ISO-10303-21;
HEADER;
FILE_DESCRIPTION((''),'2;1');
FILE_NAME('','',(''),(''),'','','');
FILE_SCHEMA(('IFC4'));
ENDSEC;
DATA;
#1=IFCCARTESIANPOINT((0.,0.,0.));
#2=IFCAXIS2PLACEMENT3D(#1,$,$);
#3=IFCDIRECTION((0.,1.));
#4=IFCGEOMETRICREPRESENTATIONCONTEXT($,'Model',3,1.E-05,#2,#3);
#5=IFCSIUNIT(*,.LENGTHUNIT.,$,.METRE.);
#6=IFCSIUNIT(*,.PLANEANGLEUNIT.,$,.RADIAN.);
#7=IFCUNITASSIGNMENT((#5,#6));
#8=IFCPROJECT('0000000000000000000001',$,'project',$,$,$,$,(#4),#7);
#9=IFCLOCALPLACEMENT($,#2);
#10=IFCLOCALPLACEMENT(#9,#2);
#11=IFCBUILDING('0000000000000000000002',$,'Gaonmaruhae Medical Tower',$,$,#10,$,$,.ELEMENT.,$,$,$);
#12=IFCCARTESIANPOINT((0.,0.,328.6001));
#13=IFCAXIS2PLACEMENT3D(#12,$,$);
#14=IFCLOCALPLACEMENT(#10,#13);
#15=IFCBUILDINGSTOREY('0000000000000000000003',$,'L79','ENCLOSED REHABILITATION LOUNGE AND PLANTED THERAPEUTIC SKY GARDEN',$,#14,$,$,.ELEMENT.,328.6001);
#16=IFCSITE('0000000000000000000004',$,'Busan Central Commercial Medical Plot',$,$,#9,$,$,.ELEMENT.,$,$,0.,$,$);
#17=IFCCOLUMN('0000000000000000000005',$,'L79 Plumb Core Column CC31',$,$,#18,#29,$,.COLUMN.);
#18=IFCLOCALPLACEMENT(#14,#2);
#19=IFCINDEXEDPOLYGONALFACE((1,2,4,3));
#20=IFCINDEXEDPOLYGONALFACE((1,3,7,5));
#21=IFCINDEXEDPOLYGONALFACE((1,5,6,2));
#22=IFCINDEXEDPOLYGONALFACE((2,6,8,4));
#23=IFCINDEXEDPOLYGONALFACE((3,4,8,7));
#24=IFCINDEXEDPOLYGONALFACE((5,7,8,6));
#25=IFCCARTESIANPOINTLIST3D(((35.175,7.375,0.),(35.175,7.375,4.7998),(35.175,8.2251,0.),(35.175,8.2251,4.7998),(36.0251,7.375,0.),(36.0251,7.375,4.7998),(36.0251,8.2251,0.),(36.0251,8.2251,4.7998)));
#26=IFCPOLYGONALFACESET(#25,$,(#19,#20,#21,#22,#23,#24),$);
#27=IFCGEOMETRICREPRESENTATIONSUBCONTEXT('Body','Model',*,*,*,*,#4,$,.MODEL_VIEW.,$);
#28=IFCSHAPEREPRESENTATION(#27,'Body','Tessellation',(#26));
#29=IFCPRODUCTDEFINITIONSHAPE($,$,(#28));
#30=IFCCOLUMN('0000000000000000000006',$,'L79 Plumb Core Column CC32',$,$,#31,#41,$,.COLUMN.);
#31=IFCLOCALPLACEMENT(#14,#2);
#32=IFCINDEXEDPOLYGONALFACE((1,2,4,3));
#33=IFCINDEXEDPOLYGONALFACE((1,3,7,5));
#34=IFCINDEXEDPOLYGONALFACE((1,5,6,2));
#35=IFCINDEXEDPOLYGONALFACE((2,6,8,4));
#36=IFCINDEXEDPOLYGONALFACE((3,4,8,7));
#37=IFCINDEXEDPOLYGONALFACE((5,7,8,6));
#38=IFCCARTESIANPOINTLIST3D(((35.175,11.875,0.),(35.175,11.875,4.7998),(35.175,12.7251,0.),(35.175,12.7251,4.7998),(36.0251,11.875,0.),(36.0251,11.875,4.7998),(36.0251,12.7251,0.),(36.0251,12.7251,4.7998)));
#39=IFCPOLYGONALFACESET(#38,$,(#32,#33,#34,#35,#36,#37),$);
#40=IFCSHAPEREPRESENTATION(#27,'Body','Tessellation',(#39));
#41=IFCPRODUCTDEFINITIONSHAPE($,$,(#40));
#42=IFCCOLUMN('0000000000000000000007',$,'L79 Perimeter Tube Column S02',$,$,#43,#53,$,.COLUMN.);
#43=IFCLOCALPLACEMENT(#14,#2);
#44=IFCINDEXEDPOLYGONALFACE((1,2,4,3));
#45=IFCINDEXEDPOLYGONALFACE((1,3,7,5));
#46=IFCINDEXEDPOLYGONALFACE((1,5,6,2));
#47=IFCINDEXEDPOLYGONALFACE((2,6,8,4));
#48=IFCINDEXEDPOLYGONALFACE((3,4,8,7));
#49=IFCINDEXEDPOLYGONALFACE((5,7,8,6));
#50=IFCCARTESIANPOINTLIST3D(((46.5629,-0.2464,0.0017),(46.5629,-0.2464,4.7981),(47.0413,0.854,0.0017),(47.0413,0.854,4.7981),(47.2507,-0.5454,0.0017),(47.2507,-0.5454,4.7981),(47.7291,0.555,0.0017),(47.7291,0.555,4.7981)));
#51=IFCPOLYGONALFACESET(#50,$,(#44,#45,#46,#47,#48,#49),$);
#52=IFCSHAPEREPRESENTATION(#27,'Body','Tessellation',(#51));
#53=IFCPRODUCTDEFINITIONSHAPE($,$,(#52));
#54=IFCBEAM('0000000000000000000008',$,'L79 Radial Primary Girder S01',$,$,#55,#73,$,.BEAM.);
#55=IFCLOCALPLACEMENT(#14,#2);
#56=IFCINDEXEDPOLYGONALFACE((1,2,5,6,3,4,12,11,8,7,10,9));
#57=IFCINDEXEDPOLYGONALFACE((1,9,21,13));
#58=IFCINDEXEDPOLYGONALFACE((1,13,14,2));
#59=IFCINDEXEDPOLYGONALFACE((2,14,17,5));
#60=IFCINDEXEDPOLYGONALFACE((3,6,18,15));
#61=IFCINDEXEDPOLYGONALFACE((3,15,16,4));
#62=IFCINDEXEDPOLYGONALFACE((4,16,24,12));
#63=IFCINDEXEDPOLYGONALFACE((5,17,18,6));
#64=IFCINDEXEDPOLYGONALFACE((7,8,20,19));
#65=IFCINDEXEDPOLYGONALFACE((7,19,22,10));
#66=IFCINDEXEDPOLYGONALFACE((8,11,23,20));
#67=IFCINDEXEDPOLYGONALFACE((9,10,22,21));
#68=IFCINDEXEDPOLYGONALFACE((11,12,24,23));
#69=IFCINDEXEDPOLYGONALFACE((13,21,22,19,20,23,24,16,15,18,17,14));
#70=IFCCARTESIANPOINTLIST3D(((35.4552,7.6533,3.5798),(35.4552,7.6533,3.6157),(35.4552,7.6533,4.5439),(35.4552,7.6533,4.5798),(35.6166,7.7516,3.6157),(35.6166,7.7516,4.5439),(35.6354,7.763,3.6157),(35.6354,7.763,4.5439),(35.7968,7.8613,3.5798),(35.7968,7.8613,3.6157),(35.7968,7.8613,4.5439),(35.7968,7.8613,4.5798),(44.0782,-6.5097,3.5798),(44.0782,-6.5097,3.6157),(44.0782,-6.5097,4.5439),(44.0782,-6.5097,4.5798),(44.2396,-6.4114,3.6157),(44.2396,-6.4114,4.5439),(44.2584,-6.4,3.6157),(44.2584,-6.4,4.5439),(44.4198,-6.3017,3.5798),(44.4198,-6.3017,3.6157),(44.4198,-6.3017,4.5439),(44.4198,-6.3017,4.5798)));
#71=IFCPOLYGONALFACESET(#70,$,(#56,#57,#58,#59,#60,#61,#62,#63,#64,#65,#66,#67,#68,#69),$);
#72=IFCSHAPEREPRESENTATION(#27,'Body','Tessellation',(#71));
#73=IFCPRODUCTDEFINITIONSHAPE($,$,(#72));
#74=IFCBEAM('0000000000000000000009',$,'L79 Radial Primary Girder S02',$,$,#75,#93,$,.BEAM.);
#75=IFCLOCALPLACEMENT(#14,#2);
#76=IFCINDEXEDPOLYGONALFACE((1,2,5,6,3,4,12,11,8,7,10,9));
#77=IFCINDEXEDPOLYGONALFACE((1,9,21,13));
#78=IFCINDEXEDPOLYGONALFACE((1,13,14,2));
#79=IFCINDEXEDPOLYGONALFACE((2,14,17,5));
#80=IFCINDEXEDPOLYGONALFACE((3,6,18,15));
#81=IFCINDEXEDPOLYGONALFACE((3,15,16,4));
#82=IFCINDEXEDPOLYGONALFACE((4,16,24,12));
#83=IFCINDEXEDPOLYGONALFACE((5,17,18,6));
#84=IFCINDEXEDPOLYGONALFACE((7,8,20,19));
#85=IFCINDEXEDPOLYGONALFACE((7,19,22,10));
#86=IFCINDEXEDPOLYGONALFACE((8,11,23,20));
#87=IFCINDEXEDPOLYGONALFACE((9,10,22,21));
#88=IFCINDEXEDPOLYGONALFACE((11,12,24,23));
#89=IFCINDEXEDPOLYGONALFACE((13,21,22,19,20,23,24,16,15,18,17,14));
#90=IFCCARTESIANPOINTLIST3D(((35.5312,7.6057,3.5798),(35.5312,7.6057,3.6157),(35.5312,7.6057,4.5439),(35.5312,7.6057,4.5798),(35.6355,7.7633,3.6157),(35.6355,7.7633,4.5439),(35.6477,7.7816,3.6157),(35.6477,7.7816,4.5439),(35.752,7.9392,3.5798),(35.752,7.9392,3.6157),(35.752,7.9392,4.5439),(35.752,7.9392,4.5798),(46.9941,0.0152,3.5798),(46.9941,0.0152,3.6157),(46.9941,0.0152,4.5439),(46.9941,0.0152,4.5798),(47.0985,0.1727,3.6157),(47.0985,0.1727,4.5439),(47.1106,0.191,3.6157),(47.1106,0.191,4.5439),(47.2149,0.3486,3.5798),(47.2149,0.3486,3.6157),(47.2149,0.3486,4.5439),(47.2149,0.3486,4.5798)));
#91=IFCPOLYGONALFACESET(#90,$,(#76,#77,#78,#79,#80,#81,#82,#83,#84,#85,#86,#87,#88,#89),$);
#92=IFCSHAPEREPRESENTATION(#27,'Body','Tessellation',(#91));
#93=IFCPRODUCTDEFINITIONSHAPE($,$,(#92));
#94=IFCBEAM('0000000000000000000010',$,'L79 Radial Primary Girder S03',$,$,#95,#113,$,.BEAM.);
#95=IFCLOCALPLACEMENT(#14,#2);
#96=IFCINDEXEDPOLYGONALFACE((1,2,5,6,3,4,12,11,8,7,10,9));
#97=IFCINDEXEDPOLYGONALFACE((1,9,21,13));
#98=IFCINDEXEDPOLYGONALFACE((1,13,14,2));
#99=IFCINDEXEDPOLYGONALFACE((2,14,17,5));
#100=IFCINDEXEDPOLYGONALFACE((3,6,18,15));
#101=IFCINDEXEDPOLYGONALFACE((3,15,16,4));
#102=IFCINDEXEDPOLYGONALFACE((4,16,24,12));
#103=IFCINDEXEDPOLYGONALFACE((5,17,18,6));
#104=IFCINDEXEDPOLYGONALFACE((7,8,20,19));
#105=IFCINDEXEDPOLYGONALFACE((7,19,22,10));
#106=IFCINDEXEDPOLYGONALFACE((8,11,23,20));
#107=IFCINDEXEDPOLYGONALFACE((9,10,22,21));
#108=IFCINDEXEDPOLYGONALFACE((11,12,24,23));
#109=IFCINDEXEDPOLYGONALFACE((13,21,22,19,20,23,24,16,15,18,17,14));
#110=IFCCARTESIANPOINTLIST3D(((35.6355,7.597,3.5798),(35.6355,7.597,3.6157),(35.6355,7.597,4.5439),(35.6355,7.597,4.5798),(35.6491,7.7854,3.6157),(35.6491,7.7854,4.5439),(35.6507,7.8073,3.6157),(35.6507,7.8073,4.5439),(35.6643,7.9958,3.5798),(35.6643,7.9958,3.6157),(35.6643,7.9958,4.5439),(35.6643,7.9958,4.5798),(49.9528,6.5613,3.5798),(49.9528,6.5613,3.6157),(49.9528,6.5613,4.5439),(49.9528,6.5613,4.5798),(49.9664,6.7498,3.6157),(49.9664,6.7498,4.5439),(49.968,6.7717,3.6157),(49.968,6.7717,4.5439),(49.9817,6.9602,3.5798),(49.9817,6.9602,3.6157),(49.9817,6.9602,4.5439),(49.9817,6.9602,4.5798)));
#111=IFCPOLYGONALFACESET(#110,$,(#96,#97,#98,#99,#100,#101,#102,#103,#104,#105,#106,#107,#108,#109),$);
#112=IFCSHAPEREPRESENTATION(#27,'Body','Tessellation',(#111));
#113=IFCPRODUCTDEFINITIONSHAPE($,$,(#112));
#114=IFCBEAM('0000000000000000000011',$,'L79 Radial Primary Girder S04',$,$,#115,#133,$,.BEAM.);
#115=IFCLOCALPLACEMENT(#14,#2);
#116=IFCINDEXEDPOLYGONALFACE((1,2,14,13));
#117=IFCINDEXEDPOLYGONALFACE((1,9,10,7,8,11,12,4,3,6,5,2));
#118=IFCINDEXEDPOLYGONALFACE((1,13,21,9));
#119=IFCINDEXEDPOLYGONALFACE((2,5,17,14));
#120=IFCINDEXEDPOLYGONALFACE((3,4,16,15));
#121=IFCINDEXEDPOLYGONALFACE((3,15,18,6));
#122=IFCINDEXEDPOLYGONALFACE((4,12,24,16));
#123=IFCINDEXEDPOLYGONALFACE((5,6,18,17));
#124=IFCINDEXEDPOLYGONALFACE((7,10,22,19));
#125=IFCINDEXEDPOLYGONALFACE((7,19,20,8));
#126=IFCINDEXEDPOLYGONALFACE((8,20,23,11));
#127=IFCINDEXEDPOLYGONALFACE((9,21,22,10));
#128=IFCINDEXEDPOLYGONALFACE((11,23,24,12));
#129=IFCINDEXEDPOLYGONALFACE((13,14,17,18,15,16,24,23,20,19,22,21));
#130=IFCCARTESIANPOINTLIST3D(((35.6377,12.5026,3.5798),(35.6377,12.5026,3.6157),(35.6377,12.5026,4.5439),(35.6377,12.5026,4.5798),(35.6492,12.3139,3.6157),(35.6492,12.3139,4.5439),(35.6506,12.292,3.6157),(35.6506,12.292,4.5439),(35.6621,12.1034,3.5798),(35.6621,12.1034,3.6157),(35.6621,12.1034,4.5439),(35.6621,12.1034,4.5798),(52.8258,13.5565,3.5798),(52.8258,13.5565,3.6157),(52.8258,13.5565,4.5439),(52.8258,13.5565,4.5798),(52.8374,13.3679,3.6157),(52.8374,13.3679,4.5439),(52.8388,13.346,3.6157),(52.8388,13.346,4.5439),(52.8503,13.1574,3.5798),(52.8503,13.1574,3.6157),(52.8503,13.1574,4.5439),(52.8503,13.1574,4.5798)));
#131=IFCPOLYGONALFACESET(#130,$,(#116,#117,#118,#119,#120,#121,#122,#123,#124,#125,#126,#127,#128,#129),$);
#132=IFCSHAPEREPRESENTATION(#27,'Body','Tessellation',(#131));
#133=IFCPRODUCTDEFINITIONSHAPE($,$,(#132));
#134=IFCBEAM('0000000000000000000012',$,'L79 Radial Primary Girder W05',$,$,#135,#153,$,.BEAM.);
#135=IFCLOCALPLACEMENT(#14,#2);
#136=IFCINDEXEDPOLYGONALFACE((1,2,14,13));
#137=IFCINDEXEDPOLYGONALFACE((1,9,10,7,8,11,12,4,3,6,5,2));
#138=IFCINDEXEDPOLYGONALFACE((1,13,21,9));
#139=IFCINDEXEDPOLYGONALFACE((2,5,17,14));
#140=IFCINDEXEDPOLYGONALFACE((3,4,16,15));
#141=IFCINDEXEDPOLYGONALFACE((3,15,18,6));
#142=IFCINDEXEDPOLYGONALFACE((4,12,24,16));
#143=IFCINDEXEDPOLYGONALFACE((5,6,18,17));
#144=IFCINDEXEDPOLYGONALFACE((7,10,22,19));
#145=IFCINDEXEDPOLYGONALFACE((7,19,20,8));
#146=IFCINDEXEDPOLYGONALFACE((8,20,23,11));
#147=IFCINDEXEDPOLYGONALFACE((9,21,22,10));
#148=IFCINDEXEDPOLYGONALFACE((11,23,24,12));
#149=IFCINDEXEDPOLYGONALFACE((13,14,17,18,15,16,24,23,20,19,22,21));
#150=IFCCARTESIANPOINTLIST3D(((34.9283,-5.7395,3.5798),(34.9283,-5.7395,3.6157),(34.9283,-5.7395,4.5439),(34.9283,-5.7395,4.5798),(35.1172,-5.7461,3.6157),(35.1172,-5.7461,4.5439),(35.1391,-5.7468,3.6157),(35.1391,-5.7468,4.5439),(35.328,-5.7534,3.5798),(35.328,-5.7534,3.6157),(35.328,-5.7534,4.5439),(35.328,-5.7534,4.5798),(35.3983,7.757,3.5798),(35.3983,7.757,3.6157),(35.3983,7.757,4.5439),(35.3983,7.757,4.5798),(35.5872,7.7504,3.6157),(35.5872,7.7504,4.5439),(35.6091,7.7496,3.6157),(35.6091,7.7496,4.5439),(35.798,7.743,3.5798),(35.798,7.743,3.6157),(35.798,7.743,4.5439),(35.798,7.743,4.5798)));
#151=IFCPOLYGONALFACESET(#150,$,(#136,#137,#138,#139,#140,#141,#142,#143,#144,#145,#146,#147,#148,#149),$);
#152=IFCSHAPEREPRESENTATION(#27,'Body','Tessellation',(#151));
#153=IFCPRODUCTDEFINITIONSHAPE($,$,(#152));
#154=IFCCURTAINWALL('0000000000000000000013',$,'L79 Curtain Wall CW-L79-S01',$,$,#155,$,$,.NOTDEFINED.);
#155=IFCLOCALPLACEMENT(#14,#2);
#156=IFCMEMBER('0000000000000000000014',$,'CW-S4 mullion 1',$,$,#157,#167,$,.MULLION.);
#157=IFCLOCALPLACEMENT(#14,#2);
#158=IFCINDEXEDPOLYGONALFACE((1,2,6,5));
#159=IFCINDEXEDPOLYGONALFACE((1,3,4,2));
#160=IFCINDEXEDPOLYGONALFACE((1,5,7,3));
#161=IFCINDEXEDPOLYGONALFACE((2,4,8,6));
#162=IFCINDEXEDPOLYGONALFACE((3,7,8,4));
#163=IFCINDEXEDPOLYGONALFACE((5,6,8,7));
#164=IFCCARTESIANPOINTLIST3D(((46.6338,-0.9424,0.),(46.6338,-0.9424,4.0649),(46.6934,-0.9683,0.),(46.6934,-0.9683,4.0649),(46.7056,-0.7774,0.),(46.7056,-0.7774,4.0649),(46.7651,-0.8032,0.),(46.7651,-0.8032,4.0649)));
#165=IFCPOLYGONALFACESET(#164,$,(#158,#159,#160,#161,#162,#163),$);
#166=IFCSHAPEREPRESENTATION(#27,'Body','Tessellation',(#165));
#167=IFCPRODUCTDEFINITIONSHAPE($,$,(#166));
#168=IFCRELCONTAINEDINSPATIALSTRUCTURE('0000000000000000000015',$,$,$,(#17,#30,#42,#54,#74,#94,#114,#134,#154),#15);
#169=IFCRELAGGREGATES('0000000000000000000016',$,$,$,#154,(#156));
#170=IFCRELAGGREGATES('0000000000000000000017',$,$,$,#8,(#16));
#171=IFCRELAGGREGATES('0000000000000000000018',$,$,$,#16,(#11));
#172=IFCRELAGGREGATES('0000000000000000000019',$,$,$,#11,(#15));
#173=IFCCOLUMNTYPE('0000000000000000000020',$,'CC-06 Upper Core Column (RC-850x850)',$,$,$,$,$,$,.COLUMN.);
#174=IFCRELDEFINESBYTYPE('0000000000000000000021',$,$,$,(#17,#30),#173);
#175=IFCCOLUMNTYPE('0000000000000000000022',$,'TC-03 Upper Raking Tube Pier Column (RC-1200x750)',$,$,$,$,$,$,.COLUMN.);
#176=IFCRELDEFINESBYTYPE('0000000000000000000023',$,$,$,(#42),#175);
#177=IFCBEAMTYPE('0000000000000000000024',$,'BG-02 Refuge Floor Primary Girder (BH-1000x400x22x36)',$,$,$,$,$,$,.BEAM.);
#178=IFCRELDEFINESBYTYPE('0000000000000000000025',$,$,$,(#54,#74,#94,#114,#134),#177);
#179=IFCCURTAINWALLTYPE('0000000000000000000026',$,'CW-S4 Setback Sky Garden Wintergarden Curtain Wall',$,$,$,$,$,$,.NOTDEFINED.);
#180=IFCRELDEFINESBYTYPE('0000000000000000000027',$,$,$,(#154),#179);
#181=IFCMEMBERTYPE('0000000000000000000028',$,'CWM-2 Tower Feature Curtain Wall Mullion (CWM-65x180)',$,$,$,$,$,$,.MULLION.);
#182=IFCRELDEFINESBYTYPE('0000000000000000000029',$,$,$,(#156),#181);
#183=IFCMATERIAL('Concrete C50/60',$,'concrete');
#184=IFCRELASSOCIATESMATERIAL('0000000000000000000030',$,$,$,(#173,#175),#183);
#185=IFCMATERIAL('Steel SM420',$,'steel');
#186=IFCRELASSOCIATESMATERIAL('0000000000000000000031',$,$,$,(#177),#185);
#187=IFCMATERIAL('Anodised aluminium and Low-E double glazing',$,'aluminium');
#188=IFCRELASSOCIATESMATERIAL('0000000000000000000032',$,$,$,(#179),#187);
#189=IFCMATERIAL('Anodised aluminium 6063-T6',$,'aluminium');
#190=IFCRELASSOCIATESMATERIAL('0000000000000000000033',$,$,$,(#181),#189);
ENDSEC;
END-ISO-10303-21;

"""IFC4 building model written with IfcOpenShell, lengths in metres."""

from ifc_helpers import new_model, si_unit, direction, frame, origin, origin_2d, place, context, subcontext, project, spatial, rectangle, i_section, extrude, material, material_profile, profile_set, type_object, element, aggregate, save


model = new_model("IFC4")

# Units and contexts
model_context = context("Model", 3, precision=1e-05, world=origin(), true_north=direction((0.0, 1.0)))
body_context = subcontext(model_context, "Body", "Model", "MODEL_VIEW")
ifc_project = project(units=[si_unit("LENGTHUNIT", "METRE"), si_unit("PLANEANGLEUNIT", "RADIAN")], contexts=[model_context])

# Site, building, storey
site_placement = place(None, origin())
site = spatial("IfcSite", under=ifc_project, at=site_placement, Name="Busan Central Commercial Medical Plot", CompositionType="ELEMENT", RefElevation=0.0)
building_placement = place(site_placement, origin())
building = spatial("IfcBuilding", under=site, at=building_placement, Name="Gaonmaruhae Medical Tower", CompositionType="ELEMENT")
storey_placement = place(building_placement, frame((0.0, 0.0, 328.6001)))
storey = spatial("IfcBuildingStorey", under=building, at=storey_placement, Name="L79", Description="ENCLOSED REHABILITATION LOUNGE AND PLANTED THERAPEUTIC SKY GARDEN", CompositionType="ELEMENT", Elevation=328.6001)

# Columns
ifc_material_1 = material(Name="Concrete C50/60", Category="concrete")
ifc_material_profile_1 = material_profile(ifc_material_1, rectangle(XDim=0.8501, YDim=0.8501, at=origin_2d()), Name="RC-850x850")
ifc_profile_set_1 = profile_set([ifc_material_profile_1], Name="Concrete C50/60")
column_type_1 = type_object("IfcColumnType", Name="CC-06 Upper Core Column (RC-850x850)", PredefinedType="COLUMN", material=ifc_profile_set_1)
for number, where, z_axis, x_axis, name in (
    (1, (35.6001, 7.8, 0.0), (0.0, 0.0, 1.0), (1.0, 0.0, 0.0), "L79 Plumb Core Column CC31"),
    (2, (35.6001, 12.3, 0.0), (0.0, 0.0, 1.0), (1.0, 0.0, 0.0), "L79 Plumb Core Column CC32"),
):
    element("IfcColumn", number, at=place(storey_placement, frame(where, z_axis=z_axis, x_axis=x_axis)), inside=storey, type_object=column_type_1, Name=name, PredefinedType="COLUMN", context=body_context, shape_type="SweptSolid", body=[
        extrude(rectangle(XDim=0.8501, YDim=0.8501, at=origin_2d()), origin(), (0.0, 0.0, 1.0), 4.7998),
    ])
ifc_material_profile_2 = material_profile(ifc_material_1, rectangle(XDim=1.2, YDim=0.75, at=origin_2d()), Name="RC-1200x750")
ifc_profile_set_2 = profile_set([ifc_material_profile_2], Name="Concrete C50/60")
column_type_2 = type_object("IfcColumnType", Name="TC-03 Upper Raking Tube Pier Column (RC-1200x750)", PredefinedType="COLUMN", material=ifc_profile_set_2)
column_placement = place(storey_placement, frame((47.146, 0.1543, 0.0017), z_axis=(0.0, 0.0, 1.0), x_axis=(0.398749, 0.91706, 0.0)))
element("IfcColumn", 3, at=column_placement, inside=storey, type_object=column_type_2, Name="L79 Perimeter Tube Column S02", PredefinedType="COLUMN", context=body_context, shape_type="SweptSolid", body=[
    extrude(rectangle(XDim=1.2, YDim=0.75, at=origin_2d()), origin(), (0.0, 0.0, 1.0), 4.7964),
])

# Beams
ifc_material_2 = material(Name="Steel SM420", Category="steel")
ifc_material_profile_3 = material_profile(ifc_material_2, i_section(OverallWidth=0.3999, OverallDepth=1.0, WebThickness=0.022, FlangeThickness=0.0359, at=origin_2d()), Name="BH-1000x400x22x36")
ifc_profile_set_3 = profile_set([ifc_material_profile_3], Name="Steel SM420")
beam_type_1 = type_object("IfcBeamType", Name="BG-02 Refuge Floor Primary Girder (BH-1000x400x22x36)", PredefinedType="BEAM", material=ifc_profile_set_3)
beam_1_placement = place(storey_placement, frame((35.626, 7.7573, 4.0798), z_axis=(0.520037, -0.854144, 0.0), x_axis=(0.854144, 0.520037, 0.0)))
element("IfcBeam", 4, at=beam_1_placement, inside=storey, type_object=beam_type_1, Name="L79 Radial Primary Girder S01", PredefinedType="BEAM", context=body_context, shape_type="SweptSolid", body=[
    extrude(i_section(OverallWidth=0.3999, OverallDepth=1.0, WebThickness=0.022, FlangeThickness=0.0359, at=origin_2d()), origin(), (0.0, 0.0, 1.0), 16.5815),
])
beam_2_placement = place(storey_placement, frame((35.6416, 7.7725, 4.0798), z_axis=(0.83377, -0.552112, 0.0), x_axis=(0.552112, 0.83377, 0.0)))
element("IfcBeam", 5, at=beam_2_placement, inside=storey, type_object=beam_type_1, Name="L79 Radial Primary Girder S02", PredefinedType="BEAM", context=body_context, shape_type="SweptSolid", body=[
    extrude(i_section(OverallWidth=0.3999, OverallDepth=1.0, WebThickness=0.022, FlangeThickness=0.0359, at=origin_2d()), origin(), (0.0, 0.0, 1.0), 13.7483),
])
beam_3_placement = place(storey_placement, frame((35.6499, 7.7964, 4.0798), z_axis=(0.997394, -0.072146, 0.0), x_axis=(0.072146, 0.997394, 0.0)))
element("IfcBeam", 6, at=beam_3_placement, inside=storey, type_object=beam_type_1, Name="L79 Radial Primary Girder S03", PredefinedType="BEAM", context=body_context, shape_type="SweptSolid", body=[
    extrude(i_section(OverallWidth=0.3999, OverallDepth=1.0, WebThickness=0.022, FlangeThickness=0.0359, at=origin_2d()), origin(), (0.0, 0.0, 1.0), 14.3547),
])
beam_4_placement = place(storey_placement, frame((35.6499, 12.303, 4.0798), z_axis=(0.998125, 0.061203, 0.0), x_axis=(-0.061203, 0.998125, 0.0)))
element("IfcBeam", 7, at=beam_4_placement, inside=storey, type_object=beam_type_1, Name="L79 Radial Primary Girder S04", PredefinedType="BEAM", context=body_context, shape_type="SweptSolid", body=[
    extrude(i_section(OverallWidth=0.3999, OverallDepth=1.0, WebThickness=0.022, FlangeThickness=0.0359, at=origin_2d()), origin(), (0.0, 0.0, 1.0), 17.2205),
])
beam_5_placement = place(storey_placement, frame((35.5981, 7.75, 4.0798), z_axis=(-0.034801, -0.999394, 0.0), x_axis=(0.999394, -0.034801, 0.0)))
element("IfcBeam", 8, at=beam_5_placement, inside=storey, type_object=beam_type_1, Name="L79 Radial Primary Girder W05", PredefinedType="BEAM", context=body_context, shape_type="SweptSolid", body=[
    extrude(i_section(OverallWidth=0.3999, OverallDepth=1.0, WebThickness=0.022, FlangeThickness=0.0359, at=origin_2d()), origin(), (0.0, 0.0, 1.0), 13.5046),
])

# Curtain wall, member
ifc_material_3 = material(Name="Anodised aluminium and Low-E double glazing", Category="aluminium")
curtain_wall_type = type_object("IfcCurtainWallType", Name="CW-S4 Setback Sky Garden Wintergarden Curtain Wall", PredefinedType="NOTDEFINED", material=ifc_material_3)
curtain_wall_placement = place(storey_placement, origin())
curtain_wall = element("IfcCurtainWall", 9, at=curtain_wall_placement, inside=storey, type_object=curtain_wall_type, Name="L79 Curtain Wall CW-L79-S01", PredefinedType="NOTDEFINED")
ifc_material_4 = material(Name="Anodised aluminium 6063-T6", Category="aluminium")
ifc_material_profile_4 = material_profile(ifc_material_4, rectangle(XDim=0.0649, YDim=0.1799, at=origin_2d()), Name="CWM-65x180")
ifc_profile_set_4 = profile_set([ifc_material_profile_4], Name="Anodised aluminium 6063-T6")
member_type = type_object("IfcMemberType", Name="CWM-2 Tower Feature Curtain Wall Mullion (CWM-65x180)", PredefinedType="MULLION", material=ifc_profile_set_4)
member_placement = place(storey_placement, frame((46.6995, -0.8728, 0.0), z_axis=(0.0, 0.0, 1.0), x_axis=(0.917068, -0.398732, 0.0)))
member = element("IfcMember", 10, at=member_placement, type_object=member_type, Name="CW-S4 mullion 1", PredefinedType="MULLION", context=body_context, shape_type="SweptSolid", body=[
    extrude(rectangle(XDim=0.0649, YDim=0.1799, at=origin_2d()), origin(), (0.0, 0.0, 1.0), 4.0649),
])
aggregate(curtain_wall, [member])

save(model, "model.ifc")
